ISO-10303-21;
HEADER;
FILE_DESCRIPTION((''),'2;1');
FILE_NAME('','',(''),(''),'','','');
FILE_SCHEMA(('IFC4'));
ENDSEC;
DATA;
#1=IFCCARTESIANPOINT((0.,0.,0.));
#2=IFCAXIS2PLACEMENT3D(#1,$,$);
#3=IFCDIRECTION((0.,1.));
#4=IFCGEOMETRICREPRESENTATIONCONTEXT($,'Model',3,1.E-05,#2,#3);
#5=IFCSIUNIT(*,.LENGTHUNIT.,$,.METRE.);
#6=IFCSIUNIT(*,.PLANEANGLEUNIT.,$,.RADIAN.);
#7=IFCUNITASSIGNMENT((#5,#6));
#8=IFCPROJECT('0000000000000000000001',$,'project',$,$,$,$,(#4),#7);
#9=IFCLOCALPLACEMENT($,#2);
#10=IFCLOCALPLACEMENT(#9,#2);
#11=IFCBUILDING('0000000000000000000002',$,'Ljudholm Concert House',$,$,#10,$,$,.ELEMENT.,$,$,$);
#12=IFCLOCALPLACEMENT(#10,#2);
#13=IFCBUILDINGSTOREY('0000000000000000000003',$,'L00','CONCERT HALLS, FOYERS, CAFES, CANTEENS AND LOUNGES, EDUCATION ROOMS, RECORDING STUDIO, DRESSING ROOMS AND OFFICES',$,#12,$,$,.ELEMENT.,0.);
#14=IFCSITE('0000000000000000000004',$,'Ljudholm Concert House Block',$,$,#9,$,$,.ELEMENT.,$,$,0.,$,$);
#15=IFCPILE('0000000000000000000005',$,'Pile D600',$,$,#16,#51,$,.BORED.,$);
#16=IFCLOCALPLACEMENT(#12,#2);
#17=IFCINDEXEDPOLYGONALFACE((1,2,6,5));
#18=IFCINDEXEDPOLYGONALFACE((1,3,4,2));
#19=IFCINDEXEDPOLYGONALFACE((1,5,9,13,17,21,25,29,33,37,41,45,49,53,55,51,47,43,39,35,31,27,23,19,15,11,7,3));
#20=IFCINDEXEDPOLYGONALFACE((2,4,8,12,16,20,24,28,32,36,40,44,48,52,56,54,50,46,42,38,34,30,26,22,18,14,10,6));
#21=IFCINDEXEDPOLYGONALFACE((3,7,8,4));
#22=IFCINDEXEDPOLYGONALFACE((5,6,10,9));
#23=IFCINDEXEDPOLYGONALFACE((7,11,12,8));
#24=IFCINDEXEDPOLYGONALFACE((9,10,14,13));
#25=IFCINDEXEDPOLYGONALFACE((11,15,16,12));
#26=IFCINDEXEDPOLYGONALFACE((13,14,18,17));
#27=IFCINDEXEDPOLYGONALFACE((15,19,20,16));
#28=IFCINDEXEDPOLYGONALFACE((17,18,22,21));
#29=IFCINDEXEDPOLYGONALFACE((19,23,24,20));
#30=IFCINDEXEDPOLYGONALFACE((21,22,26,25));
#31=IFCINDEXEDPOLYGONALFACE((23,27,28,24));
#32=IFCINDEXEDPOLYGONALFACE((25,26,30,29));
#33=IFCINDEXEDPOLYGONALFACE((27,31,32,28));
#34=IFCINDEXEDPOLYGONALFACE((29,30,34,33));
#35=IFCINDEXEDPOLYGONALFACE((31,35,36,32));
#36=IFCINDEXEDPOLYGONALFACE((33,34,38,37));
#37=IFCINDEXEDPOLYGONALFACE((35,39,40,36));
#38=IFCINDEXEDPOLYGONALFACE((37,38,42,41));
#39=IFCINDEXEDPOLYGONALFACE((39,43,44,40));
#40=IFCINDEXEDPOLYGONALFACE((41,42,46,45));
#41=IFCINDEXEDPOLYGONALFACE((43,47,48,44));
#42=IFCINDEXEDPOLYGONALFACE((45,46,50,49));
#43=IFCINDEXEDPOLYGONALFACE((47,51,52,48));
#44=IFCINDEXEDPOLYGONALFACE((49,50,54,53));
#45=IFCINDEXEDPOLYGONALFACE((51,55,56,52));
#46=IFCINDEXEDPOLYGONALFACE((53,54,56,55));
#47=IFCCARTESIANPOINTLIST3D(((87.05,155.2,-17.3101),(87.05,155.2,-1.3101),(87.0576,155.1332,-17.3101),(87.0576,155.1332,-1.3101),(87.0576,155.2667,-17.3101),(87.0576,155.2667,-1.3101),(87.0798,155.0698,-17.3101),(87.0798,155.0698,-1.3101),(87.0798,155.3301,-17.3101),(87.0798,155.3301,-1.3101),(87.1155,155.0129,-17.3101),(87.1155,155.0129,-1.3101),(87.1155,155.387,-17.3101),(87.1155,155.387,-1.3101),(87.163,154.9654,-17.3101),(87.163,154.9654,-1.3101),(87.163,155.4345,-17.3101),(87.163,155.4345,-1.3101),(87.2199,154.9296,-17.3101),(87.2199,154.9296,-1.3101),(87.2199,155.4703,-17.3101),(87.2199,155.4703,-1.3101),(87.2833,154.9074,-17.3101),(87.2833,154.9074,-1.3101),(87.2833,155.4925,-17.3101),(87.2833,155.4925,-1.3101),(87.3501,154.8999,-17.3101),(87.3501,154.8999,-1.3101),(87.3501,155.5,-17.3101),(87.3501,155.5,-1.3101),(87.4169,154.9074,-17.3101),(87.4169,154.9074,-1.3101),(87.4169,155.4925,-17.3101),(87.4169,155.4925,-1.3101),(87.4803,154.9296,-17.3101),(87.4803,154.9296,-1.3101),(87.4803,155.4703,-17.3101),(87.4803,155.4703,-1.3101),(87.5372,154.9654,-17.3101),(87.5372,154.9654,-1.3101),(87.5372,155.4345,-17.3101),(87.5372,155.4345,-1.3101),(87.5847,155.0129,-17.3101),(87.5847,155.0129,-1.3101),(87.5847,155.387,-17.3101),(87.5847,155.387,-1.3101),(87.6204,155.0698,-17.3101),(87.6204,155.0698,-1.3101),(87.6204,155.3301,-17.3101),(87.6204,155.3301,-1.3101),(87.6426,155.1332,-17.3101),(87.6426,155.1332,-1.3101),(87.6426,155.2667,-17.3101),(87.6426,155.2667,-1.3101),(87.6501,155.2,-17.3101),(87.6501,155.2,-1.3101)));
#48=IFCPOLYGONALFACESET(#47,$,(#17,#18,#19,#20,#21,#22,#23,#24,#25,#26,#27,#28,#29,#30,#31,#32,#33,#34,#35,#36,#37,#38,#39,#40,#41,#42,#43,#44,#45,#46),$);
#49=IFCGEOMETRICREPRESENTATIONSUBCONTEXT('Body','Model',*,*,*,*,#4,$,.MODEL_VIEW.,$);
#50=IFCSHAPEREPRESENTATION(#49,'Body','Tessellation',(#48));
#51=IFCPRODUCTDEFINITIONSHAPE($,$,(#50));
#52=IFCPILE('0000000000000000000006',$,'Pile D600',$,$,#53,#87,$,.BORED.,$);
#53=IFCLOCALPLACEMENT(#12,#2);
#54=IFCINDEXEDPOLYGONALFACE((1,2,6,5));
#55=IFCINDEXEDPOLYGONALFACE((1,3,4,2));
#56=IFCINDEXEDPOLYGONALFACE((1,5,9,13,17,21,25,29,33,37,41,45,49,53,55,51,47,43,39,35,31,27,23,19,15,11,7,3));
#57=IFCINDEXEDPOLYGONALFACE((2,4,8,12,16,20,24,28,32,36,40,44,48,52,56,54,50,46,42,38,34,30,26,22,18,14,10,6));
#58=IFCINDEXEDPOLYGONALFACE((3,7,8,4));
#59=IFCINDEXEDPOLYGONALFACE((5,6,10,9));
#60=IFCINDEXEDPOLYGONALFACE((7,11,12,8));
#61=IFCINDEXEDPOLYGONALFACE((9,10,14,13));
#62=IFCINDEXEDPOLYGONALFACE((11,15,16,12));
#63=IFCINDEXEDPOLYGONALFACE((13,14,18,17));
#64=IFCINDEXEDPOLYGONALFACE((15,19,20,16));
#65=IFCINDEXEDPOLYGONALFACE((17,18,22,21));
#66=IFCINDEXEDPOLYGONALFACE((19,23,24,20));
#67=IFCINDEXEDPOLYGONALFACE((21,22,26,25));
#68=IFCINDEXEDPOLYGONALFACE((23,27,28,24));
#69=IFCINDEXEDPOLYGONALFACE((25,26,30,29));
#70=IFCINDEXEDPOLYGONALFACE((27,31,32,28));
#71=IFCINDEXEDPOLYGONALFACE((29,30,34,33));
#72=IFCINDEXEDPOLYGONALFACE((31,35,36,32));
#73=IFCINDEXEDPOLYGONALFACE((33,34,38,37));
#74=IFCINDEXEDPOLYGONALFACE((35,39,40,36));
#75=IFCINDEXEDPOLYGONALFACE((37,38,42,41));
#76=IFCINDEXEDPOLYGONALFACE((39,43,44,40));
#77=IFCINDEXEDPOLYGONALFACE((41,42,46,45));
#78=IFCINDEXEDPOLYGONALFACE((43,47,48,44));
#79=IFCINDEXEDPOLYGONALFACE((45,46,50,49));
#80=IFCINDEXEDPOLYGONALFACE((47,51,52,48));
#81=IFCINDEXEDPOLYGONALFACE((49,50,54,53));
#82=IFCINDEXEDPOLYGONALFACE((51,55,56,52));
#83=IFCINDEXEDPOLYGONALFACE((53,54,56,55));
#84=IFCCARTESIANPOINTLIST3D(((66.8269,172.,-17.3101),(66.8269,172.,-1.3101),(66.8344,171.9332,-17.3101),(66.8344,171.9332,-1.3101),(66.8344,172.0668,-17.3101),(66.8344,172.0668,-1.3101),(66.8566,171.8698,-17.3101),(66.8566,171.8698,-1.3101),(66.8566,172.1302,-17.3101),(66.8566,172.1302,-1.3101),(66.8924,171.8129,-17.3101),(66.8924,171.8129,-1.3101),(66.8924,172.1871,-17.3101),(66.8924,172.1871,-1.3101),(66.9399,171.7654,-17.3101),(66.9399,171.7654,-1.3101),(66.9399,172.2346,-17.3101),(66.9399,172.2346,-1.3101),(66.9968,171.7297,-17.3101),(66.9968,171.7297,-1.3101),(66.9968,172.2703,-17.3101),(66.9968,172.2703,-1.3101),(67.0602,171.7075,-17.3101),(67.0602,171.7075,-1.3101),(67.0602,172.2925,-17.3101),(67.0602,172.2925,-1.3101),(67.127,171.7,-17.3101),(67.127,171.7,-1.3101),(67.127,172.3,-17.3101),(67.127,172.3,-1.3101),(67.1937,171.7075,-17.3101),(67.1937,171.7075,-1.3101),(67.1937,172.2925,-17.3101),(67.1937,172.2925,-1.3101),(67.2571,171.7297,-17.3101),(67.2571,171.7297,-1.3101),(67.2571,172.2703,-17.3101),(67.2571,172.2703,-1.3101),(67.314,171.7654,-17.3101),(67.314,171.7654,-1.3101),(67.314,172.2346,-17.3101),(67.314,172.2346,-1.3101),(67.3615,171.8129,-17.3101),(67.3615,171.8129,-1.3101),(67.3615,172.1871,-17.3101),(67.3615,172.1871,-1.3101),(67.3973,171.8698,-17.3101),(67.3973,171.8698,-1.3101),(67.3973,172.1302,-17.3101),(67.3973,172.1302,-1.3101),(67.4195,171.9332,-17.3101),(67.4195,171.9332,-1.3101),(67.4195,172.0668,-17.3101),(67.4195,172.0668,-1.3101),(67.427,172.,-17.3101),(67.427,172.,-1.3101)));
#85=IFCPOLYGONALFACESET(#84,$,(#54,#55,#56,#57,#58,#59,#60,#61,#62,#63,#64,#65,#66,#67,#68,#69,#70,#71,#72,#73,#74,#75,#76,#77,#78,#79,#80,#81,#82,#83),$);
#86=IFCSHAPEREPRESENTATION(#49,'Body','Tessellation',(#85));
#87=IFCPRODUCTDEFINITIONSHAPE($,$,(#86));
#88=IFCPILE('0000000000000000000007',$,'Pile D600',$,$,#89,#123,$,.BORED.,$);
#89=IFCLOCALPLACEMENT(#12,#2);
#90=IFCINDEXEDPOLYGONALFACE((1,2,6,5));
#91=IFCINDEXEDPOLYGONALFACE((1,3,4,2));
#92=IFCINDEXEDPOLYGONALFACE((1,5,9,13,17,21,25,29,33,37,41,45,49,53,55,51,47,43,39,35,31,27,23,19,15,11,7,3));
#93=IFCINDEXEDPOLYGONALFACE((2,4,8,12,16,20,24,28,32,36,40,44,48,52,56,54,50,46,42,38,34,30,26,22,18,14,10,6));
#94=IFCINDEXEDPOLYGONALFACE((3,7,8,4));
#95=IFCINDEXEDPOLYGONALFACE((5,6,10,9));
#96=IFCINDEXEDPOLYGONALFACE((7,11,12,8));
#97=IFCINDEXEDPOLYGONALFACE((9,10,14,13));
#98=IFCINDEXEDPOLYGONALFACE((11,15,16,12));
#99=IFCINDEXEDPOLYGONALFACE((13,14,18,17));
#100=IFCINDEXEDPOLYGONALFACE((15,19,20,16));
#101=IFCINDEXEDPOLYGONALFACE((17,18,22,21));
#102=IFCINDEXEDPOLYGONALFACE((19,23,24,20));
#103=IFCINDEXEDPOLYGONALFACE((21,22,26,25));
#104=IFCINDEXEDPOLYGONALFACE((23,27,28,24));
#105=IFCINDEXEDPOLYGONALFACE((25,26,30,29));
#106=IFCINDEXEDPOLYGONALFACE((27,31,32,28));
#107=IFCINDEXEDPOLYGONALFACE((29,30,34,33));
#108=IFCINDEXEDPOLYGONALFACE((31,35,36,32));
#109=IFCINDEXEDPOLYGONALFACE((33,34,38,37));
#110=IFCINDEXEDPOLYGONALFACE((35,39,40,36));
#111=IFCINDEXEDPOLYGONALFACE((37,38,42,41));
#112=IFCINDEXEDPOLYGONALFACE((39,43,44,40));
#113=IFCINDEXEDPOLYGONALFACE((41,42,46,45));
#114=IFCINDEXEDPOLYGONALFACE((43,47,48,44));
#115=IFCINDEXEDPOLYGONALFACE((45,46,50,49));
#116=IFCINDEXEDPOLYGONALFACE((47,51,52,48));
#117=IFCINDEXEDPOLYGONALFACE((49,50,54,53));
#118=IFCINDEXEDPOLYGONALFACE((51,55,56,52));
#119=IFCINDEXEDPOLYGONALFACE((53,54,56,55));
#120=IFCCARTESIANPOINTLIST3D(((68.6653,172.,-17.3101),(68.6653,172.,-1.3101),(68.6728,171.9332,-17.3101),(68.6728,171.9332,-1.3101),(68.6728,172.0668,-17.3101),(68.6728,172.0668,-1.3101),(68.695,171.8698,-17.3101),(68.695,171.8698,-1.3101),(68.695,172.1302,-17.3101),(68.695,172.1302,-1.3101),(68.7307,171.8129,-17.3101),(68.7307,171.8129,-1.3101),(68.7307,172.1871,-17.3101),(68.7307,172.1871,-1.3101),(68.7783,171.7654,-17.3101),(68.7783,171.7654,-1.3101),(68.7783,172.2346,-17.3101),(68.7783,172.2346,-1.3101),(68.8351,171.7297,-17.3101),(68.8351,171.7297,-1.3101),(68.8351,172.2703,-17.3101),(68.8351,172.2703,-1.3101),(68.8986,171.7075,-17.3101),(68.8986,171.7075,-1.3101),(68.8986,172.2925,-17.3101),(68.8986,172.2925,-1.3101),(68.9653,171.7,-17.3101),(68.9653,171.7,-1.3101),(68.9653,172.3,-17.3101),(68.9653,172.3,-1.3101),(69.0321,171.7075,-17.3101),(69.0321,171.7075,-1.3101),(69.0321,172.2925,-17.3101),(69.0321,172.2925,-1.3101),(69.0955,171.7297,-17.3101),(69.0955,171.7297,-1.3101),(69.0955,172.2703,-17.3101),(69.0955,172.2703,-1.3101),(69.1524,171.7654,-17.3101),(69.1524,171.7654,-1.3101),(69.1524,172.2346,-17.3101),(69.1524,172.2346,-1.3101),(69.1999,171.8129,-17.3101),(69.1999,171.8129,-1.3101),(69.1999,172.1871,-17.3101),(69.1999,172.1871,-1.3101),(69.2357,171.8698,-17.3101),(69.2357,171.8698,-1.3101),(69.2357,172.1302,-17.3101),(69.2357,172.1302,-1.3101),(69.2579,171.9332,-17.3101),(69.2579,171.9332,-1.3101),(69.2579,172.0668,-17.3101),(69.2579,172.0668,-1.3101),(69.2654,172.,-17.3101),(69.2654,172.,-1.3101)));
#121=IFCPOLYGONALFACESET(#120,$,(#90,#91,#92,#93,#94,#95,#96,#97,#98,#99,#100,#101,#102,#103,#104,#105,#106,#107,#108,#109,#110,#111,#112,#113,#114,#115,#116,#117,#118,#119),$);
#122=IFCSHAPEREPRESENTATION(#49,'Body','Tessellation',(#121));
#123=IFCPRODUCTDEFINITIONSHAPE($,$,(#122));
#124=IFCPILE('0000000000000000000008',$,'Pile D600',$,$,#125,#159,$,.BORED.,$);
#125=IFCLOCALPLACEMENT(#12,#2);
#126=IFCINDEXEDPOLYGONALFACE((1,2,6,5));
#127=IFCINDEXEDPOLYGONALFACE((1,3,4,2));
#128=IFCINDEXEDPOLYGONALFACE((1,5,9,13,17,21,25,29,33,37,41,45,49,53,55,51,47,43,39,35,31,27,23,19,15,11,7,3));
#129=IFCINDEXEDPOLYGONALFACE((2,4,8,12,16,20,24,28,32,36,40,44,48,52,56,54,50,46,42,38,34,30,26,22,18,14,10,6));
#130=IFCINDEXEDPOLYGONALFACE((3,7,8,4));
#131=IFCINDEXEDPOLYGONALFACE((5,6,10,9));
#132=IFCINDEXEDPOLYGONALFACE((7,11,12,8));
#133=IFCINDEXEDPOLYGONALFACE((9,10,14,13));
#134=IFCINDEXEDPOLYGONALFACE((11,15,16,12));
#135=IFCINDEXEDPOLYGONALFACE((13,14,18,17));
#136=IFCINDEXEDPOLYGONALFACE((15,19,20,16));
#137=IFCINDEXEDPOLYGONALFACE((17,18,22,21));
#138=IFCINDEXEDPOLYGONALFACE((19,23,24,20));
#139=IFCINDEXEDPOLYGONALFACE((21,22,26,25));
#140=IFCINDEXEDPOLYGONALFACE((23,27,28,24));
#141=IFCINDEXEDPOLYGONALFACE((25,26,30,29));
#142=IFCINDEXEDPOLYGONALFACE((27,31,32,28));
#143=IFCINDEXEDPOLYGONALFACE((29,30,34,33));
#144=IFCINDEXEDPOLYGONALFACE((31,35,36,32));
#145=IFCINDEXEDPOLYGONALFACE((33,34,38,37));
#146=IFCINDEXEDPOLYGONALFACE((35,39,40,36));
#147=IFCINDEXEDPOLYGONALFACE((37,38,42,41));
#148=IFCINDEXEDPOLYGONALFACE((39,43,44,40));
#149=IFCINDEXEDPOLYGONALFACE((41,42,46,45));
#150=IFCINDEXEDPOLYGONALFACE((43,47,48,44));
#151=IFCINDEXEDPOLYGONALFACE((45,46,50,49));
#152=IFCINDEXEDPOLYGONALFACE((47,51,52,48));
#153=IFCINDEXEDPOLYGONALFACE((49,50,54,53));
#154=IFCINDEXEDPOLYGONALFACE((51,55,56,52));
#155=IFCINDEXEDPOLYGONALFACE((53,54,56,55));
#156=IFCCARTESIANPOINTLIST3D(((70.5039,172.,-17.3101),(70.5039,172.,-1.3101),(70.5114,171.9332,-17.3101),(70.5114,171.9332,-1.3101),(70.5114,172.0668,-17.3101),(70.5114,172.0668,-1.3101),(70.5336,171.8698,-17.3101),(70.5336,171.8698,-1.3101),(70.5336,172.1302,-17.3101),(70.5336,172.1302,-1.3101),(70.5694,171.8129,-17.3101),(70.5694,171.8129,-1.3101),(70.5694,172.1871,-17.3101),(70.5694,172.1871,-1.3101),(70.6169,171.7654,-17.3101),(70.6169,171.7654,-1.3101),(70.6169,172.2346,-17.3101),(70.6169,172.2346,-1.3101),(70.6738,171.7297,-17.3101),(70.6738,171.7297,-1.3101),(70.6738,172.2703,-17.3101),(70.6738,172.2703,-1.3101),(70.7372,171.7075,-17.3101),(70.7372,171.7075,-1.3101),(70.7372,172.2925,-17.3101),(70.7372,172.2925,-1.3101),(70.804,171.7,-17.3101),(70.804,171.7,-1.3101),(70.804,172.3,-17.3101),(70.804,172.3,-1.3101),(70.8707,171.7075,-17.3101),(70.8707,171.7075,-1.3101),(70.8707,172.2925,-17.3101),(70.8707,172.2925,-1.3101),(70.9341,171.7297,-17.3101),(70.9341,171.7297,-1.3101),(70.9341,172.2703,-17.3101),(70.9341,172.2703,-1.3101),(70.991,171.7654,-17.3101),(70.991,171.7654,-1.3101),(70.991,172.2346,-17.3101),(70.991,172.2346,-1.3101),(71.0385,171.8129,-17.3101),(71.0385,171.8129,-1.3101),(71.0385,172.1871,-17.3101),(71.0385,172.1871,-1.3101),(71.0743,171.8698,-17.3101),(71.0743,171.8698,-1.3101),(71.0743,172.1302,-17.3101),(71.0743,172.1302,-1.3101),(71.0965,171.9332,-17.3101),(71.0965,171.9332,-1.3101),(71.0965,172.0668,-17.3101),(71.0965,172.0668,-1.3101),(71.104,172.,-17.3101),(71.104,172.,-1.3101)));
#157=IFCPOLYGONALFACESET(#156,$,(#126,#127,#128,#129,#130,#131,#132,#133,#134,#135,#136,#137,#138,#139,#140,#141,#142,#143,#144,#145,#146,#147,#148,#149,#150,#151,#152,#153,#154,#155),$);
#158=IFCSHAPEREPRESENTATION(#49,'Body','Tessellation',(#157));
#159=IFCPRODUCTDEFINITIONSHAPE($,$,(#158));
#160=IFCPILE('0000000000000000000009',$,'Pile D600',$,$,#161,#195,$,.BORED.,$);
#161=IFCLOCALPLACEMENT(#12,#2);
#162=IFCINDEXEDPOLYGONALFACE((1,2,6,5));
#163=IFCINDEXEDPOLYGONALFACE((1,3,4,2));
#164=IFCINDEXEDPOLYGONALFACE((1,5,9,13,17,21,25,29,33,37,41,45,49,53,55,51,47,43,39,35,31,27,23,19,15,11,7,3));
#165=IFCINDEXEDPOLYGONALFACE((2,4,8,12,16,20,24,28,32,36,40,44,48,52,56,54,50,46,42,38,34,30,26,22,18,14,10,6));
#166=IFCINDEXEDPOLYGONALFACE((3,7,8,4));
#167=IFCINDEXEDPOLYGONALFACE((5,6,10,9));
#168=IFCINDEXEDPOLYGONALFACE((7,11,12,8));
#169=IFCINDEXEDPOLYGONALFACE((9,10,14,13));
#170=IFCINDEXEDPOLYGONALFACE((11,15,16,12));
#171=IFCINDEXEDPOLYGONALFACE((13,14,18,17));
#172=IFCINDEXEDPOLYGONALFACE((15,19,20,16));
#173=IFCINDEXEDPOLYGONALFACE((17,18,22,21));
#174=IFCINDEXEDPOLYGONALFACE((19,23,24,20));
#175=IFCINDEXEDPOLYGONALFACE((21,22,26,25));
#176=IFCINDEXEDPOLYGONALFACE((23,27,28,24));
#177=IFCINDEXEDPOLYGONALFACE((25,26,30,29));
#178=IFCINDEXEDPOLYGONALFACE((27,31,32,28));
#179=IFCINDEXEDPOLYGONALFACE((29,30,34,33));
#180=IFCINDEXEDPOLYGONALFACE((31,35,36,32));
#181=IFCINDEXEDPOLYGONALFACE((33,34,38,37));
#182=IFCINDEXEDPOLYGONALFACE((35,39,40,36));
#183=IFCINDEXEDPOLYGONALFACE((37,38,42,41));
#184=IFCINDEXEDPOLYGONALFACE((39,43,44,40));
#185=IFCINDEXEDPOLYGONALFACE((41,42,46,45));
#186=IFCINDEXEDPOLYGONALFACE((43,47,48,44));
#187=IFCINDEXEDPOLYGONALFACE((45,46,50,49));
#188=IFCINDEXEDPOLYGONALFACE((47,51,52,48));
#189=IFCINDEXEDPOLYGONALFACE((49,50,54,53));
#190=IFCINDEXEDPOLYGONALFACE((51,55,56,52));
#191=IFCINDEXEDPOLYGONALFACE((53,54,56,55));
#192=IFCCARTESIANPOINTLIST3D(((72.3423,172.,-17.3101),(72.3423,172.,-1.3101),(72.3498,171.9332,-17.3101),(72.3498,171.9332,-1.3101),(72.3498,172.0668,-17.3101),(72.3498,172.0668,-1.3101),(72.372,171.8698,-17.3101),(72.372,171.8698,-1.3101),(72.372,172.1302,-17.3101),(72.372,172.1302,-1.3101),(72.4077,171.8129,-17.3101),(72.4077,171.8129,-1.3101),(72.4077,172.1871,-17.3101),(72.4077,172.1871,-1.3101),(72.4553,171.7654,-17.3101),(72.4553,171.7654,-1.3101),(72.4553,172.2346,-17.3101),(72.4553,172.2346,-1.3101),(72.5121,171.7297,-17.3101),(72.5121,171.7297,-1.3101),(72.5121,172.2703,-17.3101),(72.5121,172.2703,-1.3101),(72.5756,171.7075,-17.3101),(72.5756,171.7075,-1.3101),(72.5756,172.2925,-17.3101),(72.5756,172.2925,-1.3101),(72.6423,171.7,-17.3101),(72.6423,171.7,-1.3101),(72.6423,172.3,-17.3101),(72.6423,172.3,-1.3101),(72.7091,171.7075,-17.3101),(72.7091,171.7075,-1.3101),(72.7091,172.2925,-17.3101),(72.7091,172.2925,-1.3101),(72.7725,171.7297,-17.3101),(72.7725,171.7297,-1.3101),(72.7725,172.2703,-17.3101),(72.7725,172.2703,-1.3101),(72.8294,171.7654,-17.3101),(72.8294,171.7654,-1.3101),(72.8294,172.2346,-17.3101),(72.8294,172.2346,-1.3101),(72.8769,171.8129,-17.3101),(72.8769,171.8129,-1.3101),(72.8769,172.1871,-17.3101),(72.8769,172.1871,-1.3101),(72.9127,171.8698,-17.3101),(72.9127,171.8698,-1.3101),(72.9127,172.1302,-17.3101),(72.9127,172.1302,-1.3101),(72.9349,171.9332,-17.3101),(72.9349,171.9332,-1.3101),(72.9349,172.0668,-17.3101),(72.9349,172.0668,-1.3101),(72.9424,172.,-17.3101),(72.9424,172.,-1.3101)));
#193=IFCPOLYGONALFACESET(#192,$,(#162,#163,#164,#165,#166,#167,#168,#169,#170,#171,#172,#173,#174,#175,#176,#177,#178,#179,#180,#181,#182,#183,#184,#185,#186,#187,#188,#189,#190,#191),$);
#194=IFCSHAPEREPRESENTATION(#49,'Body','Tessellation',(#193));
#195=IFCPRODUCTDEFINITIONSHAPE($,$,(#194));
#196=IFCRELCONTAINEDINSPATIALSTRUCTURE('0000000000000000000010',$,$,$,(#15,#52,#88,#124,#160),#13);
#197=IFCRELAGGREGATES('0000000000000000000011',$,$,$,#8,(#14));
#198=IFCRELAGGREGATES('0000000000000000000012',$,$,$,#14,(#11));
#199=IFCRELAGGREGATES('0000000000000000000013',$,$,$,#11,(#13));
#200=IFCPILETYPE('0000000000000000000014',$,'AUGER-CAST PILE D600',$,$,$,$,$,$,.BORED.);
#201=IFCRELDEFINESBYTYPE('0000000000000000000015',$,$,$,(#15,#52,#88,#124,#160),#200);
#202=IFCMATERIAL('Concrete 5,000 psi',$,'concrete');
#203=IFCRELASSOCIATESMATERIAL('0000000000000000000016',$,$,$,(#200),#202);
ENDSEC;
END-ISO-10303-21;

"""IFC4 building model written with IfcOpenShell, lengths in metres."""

from ifc_helpers import new_model, si_unit, direction, frame, origin, origin_2d, place, context, subcontext, project, spatial, circle, extrude, material, material_profile, profile_set, type_object, element, save


model = new_model("IFC4")

# Units and contexts
model_context = context("Model", 3, precision=1e-05, world=origin(), true_north=direction((0.0, 1.0)))
body_context = subcontext(model_context, "Body", "Model", "MODEL_VIEW")
ifc_project = project(units=[si_unit("LENGTHUNIT", "METRE"), si_unit("PLANEANGLEUNIT", "RADIAN")], contexts=[model_context])

# Site, building, storey
site_placement = place(None, origin())
site = spatial("IfcSite", under=ifc_project, at=site_placement, Name="Ljudholm Concert House Block", CompositionType="ELEMENT", RefElevation=0.0)
building_placement = place(site_placement, origin())
building = spatial("IfcBuilding", under=site, at=building_placement, Name="Ljudholm Concert House", CompositionType="ELEMENT")
storey_placement = place(building_placement, origin())
storey = spatial("IfcBuildingStorey", under=building, at=storey_placement, Name="L00", Description="CONCERT HALLS, FOYERS, CAFES, CANTEENS AND LOUNGES, EDUCATION ROOMS, RECORDING STUDIO, DRESSING ROOMS AND OFFICES", CompositionType="ELEMENT", Elevation=0.0)

# Piles
ifc_material_1 = material(Name="Concrete 5,000 psi", Category="concrete")
ifc_material_profile = material_profile(ifc_material_1, circle(Radius=0.3, at=origin_2d()), Name="AUGER-CAST PILE D600")
ifc_profile_set = profile_set([ifc_material_profile], Name="Concrete 5,000 psi")
pile_type = type_object("IfcPileType", Name="AUGER-CAST PILE D600", PredefinedType="BORED", material=ifc_profile_set)
for number, where, z_axis, x_axis, name in (
    (1, (87.3501, 155.2, -1.3101), (0.0, 0.0, -1.0), (1.0, 0.0, 0.0), "Pile D600"),
    (2, (67.127, 172.0, -1.3101), (0.0, 0.0, -1.0), (1.0, 0.0, 0.0), "Pile D600"),
    (3, (68.9653, 172.0, -1.3101), (0.0, 0.0, -1.0), (1.0, 0.0, 0.0), "Pile D600"),
    (4, (70.804, 172.0, -1.3101), (0.0, 0.0, -1.0), (1.0, 0.0, 0.0), "Pile D600"),
    (5, (72.6423, 172.0, -1.3101), (0.0, 0.0, -1.0), (1.0, 0.0, 0.0), "Pile D600"),
):
    element("IfcPile", number, at=place(storey_placement, frame(where, z_axis=z_axis, x_axis=x_axis)), inside=storey, type_object=pile_type, Name=name, PredefinedType="BORED", context=body_context, shape_type="SweptSolid", body=[
        extrude(circle(Radius=0.3, at=origin_2d()), origin(), (0.0, 0.0, 1.0), 16.0),
    ])

save(model, "model.ifc")
